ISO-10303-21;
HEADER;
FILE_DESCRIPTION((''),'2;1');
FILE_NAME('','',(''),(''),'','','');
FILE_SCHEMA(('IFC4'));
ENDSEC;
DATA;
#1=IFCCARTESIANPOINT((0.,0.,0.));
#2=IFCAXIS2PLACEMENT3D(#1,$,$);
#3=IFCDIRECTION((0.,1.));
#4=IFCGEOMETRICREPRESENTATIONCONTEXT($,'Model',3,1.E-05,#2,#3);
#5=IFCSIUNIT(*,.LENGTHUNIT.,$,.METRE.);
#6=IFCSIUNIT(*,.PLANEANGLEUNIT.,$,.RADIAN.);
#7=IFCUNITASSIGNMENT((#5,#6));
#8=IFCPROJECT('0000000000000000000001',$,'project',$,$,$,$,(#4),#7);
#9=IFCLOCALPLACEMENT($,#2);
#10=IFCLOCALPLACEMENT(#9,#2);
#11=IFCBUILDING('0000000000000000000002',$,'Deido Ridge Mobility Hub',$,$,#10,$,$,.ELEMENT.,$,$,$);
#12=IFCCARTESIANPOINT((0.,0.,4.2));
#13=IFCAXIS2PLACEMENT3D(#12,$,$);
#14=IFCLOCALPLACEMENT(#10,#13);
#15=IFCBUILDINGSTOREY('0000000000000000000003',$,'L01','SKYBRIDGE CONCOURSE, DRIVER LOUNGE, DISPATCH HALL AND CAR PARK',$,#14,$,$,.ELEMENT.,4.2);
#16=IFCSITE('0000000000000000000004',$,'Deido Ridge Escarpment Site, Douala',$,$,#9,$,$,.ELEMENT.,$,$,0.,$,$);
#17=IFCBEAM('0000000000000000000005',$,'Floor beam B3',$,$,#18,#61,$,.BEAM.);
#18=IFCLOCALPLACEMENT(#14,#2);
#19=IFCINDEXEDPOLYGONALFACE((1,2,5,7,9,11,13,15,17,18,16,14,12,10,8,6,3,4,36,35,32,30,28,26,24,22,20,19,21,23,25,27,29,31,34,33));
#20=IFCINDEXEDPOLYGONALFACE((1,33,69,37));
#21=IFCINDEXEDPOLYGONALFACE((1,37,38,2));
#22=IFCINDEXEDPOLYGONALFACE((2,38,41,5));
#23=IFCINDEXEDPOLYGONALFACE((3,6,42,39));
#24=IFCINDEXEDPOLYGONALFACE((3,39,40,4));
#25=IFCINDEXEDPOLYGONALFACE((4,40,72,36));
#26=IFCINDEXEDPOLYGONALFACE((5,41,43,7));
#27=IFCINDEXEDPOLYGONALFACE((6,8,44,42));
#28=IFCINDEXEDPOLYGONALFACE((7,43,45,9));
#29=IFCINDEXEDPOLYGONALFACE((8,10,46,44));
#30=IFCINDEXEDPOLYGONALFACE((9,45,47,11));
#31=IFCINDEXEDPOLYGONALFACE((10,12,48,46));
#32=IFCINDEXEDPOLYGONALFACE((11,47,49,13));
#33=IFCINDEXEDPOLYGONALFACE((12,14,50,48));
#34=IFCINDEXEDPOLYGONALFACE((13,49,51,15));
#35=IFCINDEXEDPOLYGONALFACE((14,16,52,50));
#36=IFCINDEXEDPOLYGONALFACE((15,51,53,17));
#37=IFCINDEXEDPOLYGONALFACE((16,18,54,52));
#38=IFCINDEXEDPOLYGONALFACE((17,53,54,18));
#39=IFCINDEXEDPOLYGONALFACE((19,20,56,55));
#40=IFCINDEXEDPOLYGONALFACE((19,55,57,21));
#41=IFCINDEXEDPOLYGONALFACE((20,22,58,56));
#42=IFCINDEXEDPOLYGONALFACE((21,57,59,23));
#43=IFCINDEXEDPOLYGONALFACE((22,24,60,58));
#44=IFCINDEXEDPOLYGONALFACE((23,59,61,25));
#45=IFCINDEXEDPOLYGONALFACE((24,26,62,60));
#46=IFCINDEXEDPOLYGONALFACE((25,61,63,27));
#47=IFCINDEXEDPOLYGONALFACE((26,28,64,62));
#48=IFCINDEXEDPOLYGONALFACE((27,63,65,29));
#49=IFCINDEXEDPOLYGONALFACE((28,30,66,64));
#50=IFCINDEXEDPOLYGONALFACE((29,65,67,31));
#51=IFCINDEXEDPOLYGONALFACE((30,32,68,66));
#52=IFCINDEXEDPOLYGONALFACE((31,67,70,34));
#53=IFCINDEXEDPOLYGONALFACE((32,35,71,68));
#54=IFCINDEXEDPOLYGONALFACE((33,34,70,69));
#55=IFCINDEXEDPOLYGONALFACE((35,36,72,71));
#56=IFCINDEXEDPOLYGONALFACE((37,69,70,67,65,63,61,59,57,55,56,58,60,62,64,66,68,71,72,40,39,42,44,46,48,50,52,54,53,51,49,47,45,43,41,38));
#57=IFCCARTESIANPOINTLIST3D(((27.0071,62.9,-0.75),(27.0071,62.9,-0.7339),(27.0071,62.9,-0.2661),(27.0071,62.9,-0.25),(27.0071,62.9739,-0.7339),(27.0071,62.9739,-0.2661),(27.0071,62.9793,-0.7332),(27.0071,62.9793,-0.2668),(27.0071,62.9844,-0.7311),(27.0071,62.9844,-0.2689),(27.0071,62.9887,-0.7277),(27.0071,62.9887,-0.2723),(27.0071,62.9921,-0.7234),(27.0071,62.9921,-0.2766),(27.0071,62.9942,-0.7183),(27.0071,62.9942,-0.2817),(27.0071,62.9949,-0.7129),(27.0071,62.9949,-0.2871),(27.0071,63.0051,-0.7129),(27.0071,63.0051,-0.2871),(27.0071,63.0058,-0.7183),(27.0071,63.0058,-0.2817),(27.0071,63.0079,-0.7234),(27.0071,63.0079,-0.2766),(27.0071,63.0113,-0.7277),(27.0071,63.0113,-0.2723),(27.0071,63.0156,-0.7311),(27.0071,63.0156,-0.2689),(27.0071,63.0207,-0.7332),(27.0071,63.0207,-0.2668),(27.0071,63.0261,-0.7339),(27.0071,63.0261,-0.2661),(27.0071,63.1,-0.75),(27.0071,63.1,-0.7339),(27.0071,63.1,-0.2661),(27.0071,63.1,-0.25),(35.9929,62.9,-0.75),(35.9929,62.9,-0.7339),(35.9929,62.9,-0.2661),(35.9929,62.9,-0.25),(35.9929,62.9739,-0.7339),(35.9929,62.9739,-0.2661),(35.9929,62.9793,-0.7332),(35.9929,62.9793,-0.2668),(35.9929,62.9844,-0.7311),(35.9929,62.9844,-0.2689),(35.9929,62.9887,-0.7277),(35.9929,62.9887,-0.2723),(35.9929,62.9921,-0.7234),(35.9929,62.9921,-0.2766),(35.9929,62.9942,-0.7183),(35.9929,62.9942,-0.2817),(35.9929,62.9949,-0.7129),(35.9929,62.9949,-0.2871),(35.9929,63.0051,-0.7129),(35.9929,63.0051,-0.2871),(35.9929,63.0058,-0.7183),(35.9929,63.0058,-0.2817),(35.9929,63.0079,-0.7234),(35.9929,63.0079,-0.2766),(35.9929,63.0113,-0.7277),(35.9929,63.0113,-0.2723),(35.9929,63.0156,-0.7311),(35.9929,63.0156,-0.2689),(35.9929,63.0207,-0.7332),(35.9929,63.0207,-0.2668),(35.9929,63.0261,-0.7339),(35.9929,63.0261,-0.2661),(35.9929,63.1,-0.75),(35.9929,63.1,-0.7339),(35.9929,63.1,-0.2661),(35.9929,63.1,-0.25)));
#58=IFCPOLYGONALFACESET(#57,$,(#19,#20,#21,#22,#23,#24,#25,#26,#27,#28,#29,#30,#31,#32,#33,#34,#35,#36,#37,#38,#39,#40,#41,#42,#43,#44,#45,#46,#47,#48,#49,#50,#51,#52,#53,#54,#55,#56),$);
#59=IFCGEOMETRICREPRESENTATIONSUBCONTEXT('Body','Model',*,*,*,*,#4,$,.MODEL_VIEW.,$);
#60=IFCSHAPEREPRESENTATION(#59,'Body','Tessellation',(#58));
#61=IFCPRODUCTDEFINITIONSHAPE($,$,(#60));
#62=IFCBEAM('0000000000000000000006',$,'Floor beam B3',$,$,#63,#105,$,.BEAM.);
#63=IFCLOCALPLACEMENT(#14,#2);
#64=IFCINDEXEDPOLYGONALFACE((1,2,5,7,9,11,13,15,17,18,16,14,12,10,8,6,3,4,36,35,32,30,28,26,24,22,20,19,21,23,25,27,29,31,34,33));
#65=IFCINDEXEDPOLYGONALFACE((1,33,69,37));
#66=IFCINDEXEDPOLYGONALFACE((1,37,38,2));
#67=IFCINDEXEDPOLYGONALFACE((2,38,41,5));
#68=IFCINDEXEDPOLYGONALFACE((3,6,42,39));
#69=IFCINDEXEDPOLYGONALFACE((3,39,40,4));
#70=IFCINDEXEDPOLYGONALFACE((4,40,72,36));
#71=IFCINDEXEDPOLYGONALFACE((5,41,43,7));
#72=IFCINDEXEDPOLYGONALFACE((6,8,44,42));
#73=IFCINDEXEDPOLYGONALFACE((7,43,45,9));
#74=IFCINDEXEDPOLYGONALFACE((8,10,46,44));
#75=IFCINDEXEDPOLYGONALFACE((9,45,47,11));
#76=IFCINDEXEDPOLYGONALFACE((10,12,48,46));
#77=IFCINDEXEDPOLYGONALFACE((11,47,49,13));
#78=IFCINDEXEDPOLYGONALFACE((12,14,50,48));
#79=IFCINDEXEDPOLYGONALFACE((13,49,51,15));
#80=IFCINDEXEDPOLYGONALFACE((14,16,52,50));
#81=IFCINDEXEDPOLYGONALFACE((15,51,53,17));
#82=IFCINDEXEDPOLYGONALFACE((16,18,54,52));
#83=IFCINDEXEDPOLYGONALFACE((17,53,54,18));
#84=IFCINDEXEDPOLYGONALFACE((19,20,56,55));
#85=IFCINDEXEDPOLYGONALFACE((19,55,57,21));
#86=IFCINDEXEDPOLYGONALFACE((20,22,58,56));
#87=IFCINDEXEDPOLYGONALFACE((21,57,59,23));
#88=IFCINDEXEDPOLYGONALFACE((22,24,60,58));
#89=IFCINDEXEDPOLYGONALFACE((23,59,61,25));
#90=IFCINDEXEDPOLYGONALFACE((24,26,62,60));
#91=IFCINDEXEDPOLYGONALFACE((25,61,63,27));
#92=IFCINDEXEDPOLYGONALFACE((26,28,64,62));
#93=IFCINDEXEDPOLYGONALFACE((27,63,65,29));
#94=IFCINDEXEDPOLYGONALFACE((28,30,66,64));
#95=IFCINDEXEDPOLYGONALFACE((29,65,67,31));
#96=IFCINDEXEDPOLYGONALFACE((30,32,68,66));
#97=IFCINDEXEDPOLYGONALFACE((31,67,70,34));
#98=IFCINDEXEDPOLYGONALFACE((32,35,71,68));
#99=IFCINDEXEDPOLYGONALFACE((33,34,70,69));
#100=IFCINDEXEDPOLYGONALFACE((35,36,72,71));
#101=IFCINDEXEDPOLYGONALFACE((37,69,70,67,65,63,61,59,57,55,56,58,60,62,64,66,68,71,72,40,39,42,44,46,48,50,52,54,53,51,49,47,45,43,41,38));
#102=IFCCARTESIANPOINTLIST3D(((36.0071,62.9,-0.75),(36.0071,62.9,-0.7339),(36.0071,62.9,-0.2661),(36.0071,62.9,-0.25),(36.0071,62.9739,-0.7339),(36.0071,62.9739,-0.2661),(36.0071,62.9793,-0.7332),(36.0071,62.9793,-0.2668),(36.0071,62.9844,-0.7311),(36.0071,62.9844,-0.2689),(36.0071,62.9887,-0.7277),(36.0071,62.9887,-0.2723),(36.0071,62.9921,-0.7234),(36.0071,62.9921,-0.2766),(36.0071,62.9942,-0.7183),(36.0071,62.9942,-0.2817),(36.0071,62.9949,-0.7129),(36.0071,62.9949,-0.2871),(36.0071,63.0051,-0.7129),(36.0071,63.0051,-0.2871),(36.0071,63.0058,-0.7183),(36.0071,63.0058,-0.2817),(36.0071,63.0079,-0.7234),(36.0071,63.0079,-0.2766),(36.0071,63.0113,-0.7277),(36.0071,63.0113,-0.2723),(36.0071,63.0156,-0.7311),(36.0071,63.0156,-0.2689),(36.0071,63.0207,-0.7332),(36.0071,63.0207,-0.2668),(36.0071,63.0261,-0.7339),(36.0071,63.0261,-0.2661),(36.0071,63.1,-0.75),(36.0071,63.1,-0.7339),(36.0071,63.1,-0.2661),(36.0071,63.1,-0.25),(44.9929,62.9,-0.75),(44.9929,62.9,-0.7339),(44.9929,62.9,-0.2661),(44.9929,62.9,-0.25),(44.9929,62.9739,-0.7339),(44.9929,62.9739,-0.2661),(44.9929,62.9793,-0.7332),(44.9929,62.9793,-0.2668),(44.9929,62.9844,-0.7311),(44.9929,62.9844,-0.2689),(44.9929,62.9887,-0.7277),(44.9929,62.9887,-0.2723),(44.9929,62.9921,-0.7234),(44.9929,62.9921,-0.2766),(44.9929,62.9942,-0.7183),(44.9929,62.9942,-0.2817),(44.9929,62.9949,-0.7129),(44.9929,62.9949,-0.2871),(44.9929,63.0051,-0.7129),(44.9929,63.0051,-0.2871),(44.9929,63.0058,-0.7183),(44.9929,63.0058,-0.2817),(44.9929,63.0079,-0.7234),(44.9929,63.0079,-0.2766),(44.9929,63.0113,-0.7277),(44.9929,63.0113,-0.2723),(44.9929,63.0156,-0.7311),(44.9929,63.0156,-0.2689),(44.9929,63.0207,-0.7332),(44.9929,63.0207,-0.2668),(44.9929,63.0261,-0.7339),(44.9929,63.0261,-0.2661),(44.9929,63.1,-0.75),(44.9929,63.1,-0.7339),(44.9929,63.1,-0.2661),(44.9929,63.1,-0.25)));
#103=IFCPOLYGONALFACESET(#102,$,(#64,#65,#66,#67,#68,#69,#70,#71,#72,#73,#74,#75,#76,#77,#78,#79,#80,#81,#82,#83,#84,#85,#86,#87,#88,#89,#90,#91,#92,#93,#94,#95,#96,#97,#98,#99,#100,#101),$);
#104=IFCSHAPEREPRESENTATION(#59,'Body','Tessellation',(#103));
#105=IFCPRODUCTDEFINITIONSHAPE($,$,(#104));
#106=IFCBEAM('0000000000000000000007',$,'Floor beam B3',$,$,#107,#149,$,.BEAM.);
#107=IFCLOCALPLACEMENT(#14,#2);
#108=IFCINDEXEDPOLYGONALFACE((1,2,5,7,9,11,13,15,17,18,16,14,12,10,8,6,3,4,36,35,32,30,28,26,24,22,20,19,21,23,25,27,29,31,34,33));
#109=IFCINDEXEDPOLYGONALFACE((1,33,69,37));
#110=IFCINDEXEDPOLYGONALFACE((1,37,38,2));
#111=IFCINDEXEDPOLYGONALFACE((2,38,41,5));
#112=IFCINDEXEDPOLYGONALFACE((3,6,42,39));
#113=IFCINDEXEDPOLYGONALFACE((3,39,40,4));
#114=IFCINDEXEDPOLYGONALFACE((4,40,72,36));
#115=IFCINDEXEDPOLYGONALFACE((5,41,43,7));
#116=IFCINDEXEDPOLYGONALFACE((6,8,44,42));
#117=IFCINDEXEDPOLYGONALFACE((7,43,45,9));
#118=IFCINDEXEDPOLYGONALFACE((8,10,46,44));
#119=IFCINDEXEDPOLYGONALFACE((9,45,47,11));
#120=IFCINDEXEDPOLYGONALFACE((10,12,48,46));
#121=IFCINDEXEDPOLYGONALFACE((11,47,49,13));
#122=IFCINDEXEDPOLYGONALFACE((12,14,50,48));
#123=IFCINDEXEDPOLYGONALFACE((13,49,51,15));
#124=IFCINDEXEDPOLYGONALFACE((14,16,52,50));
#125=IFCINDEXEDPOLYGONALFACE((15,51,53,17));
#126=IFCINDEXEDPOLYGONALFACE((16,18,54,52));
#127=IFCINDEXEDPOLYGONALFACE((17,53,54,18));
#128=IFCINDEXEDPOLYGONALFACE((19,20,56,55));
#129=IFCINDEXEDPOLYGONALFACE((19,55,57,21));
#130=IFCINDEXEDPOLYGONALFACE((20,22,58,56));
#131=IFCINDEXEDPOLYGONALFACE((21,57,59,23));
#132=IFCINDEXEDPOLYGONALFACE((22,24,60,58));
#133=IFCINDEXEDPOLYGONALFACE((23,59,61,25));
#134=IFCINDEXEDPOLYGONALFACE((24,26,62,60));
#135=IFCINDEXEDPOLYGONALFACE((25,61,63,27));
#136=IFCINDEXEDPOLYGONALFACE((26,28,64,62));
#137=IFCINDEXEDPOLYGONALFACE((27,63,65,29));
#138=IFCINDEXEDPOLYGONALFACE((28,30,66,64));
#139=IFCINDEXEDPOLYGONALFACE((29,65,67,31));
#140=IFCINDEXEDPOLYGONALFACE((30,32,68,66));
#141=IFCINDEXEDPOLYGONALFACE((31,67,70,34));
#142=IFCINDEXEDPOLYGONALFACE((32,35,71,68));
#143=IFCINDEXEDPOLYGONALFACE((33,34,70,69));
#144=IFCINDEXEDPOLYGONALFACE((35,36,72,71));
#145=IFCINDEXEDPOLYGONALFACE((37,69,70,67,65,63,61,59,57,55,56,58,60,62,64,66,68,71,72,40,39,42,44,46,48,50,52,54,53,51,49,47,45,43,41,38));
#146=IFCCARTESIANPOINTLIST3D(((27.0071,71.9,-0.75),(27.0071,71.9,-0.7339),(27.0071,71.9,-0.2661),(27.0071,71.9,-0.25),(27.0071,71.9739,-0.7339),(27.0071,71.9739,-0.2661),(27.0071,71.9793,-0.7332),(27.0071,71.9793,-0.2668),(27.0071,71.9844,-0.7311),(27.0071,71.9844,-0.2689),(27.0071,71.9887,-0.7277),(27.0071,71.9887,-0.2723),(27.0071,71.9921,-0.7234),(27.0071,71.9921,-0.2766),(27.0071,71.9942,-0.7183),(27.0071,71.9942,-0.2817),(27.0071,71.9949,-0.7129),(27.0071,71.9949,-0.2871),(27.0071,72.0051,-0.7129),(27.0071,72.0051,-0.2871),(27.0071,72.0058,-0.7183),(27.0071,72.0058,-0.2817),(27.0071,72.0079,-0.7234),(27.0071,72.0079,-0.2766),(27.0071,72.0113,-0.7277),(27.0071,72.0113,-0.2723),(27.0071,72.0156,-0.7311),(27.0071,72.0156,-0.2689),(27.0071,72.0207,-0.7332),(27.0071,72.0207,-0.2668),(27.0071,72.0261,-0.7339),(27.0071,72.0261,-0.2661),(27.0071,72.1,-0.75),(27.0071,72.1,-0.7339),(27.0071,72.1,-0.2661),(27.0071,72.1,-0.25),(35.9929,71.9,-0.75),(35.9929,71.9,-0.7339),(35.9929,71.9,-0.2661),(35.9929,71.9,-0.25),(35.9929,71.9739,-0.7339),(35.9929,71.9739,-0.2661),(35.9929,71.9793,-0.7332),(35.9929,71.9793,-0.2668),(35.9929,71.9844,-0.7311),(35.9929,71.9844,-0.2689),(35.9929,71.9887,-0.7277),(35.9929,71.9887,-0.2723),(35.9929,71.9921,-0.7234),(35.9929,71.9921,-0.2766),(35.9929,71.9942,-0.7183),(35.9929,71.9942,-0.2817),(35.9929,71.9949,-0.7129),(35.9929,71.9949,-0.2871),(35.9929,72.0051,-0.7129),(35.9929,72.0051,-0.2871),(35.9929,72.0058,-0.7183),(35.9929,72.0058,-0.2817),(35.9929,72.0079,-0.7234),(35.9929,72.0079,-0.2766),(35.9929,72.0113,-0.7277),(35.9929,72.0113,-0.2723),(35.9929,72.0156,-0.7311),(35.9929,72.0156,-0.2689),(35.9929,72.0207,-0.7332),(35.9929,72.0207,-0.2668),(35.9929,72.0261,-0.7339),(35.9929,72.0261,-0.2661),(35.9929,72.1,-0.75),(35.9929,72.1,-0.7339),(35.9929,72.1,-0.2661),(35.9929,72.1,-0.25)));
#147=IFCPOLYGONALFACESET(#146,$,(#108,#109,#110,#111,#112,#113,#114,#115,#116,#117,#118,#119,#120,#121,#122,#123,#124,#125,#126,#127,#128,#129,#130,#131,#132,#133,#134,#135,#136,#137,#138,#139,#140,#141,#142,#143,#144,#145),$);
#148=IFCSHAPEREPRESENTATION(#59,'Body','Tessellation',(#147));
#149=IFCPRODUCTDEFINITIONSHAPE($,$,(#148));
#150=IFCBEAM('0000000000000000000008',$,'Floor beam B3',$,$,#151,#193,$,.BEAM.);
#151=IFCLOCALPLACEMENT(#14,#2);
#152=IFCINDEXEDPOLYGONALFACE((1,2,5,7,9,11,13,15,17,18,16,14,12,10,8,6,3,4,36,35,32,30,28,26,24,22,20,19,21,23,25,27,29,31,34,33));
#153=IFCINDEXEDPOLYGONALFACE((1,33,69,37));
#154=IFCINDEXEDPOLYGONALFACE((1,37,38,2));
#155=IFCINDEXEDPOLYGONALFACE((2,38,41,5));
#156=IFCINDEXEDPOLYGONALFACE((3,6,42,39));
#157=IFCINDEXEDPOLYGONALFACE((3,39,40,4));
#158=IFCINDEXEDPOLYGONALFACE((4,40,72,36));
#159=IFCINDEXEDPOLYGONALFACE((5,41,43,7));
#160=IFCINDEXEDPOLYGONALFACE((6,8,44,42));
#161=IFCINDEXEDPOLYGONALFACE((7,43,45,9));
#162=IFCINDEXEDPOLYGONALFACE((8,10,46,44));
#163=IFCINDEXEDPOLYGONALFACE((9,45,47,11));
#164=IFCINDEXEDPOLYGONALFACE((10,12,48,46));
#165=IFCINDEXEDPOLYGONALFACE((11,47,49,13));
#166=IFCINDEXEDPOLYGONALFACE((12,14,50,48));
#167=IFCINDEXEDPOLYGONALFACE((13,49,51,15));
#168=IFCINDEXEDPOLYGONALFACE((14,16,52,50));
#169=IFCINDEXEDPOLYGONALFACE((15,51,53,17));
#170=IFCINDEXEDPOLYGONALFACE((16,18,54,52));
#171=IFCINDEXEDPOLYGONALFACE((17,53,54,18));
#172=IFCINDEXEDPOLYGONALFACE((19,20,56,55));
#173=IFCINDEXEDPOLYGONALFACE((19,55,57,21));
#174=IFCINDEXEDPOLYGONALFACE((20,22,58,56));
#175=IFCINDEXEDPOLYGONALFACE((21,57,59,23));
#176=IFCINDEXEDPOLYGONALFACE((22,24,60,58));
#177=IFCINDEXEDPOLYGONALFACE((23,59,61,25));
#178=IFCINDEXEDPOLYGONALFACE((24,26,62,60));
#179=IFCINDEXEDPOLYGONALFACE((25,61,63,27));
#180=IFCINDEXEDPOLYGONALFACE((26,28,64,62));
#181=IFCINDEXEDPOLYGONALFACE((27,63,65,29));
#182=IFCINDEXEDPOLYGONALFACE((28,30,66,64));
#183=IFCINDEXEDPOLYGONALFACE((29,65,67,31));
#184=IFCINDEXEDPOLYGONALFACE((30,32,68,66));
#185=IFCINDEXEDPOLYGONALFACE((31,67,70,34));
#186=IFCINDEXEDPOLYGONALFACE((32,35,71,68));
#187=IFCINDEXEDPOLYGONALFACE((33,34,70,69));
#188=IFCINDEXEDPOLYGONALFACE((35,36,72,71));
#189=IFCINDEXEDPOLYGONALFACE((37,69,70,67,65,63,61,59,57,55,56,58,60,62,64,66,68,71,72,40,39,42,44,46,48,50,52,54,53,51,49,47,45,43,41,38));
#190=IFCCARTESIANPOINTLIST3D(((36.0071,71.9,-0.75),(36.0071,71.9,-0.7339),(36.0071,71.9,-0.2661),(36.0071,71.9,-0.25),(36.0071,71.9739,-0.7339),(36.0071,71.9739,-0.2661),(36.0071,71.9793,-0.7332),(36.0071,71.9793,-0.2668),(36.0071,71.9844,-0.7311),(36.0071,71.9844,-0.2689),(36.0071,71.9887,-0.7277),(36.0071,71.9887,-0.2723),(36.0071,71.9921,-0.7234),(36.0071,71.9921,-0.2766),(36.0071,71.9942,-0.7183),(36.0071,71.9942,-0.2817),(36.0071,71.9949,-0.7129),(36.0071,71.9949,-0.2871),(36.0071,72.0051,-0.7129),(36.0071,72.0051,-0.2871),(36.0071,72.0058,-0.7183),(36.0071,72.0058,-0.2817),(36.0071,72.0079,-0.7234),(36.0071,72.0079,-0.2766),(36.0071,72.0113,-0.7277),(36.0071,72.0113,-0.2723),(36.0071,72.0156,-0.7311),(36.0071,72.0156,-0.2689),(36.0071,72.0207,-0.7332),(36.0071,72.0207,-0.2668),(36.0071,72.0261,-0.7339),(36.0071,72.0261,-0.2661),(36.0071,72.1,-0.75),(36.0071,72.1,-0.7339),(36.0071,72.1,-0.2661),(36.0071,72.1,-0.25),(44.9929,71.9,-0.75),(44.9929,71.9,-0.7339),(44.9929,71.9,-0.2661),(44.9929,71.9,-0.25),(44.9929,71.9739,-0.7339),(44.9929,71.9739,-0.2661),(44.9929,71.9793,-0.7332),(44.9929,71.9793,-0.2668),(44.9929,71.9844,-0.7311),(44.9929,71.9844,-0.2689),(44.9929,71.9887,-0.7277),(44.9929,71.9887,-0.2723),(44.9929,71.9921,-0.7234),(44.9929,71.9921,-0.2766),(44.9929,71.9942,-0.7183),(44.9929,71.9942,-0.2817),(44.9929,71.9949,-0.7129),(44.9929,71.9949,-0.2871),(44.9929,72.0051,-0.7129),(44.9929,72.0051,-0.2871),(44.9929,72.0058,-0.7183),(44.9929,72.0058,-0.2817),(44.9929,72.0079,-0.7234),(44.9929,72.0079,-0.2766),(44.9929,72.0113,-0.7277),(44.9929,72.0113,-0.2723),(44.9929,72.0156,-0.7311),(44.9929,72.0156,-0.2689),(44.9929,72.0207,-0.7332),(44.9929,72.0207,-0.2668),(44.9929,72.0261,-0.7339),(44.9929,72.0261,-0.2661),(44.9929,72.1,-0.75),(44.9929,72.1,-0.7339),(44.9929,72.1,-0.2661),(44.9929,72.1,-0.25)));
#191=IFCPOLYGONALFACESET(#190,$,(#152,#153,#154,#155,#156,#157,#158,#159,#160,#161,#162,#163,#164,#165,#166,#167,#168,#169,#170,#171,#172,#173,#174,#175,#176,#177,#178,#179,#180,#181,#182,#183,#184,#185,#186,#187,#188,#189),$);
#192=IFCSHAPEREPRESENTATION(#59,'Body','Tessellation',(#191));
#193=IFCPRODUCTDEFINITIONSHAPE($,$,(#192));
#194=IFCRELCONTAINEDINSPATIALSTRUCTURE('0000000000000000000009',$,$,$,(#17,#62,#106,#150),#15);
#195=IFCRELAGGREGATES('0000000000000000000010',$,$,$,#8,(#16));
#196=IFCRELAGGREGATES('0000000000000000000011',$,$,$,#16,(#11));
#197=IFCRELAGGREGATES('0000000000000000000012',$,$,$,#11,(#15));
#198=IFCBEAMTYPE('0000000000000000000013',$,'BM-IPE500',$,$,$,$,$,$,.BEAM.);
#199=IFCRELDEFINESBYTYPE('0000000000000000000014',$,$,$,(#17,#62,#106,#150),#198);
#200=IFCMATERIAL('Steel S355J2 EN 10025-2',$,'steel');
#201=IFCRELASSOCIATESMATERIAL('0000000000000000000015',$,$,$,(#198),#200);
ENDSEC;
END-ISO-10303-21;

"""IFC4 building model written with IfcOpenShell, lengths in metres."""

from ifc_helpers import new_model, si_unit, direction, frame, origin, origin_2d, place, context, subcontext, project, spatial, i_section, extrude, material, material_profile, profile_set, type_object, element, save


model = new_model("IFC4")

# Units and contexts
model_context = context("Model", 3, precision=1e-05, world=origin(), true_north=direction((0.0, 1.0)))
body_context = subcontext(model_context, "Body", "Model", "MODEL_VIEW")
ifc_project = project(units=[si_unit("LENGTHUNIT", "METRE"), si_unit("PLANEANGLEUNIT", "RADIAN")], contexts=[model_context])

# Site, building, storey
site_placement = place(None, origin())
site = spatial("IfcSite", under=ifc_project, at=site_placement, Name="Deido Ridge Escarpment Site, Douala", CompositionType="ELEMENT", RefElevation=0.0)
building_placement = place(site_placement, origin())
building = spatial("IfcBuilding", under=site, at=building_placement, Name="Deido Ridge Mobility Hub", CompositionType="ELEMENT")
storey_placement = place(building_placement, frame((0.0, 0.0, 4.2)))
storey = spatial("IfcBuildingStorey", under=building, at=storey_placement, Name="L01", Description="SKYBRIDGE CONCOURSE, DRIVER LOUNGE, DISPATCH HALL AND CAR PARK", CompositionType="ELEMENT", Elevation=4.2)

# Shared definitions
ifc_material_1 = material(Name="Steel S355J2 EN 10025-2", Category="steel")

# Beams
ifc_material_profile_1 = material_profile(ifc_material_1, i_section(OverallWidth=0.2, OverallDepth=0.5, WebThickness=0.0103, FlangeThickness=0.0161, FilletRadius=0.021, at=origin_2d()), Name="IPE 500")
ifc_profile_set_1 = profile_set([ifc_material_profile_1], Name="Steel S355J2 EN 10025-2")
beam_type_1 = type_object("IfcBeamType", Name="BM-IPE500", PredefinedType="BEAM", material=ifc_profile_set_1)
for number, where, z_axis, x_axis, name in (
    (1, (27.0071, 63.0, -0.5), (1.0, 0.0, 0.0), (0.0, 1.0, 0.0), "Floor beam B3"),
    (2, (36.0071, 63.0, -0.5), (1.0, 0.0, 0.0), (0.0, 1.0, 0.0), "Floor beam B3"),
    (3, (27.0071, 72.0, -0.5), (1.0, 0.0, 0.0), (0.0, 1.0, 0.0), "Floor beam B3"),
    (4, (36.0071, 72.0, -0.5), (1.0, 0.0, 0.0), (0.0, 1.0, 0.0), "Floor beam B3"),
):
    element("IfcBeam", number, at=place(storey_placement, frame(where, z_axis=z_axis, x_axis=x_axis)), inside=storey, type_object=beam_type_1, Name=name, PredefinedType="BEAM", context=body_context, shape_type="SweptSolid", body=[
        extrude(i_section(OverallWidth=0.2, OverallDepth=0.5, WebThickness=0.0103, FlangeThickness=0.0161, FilletRadius=0.021, at=origin_2d()), origin(), (0.0, 0.0, 1.0), 8.9858),
    ])

save(model, "model.ifc")
